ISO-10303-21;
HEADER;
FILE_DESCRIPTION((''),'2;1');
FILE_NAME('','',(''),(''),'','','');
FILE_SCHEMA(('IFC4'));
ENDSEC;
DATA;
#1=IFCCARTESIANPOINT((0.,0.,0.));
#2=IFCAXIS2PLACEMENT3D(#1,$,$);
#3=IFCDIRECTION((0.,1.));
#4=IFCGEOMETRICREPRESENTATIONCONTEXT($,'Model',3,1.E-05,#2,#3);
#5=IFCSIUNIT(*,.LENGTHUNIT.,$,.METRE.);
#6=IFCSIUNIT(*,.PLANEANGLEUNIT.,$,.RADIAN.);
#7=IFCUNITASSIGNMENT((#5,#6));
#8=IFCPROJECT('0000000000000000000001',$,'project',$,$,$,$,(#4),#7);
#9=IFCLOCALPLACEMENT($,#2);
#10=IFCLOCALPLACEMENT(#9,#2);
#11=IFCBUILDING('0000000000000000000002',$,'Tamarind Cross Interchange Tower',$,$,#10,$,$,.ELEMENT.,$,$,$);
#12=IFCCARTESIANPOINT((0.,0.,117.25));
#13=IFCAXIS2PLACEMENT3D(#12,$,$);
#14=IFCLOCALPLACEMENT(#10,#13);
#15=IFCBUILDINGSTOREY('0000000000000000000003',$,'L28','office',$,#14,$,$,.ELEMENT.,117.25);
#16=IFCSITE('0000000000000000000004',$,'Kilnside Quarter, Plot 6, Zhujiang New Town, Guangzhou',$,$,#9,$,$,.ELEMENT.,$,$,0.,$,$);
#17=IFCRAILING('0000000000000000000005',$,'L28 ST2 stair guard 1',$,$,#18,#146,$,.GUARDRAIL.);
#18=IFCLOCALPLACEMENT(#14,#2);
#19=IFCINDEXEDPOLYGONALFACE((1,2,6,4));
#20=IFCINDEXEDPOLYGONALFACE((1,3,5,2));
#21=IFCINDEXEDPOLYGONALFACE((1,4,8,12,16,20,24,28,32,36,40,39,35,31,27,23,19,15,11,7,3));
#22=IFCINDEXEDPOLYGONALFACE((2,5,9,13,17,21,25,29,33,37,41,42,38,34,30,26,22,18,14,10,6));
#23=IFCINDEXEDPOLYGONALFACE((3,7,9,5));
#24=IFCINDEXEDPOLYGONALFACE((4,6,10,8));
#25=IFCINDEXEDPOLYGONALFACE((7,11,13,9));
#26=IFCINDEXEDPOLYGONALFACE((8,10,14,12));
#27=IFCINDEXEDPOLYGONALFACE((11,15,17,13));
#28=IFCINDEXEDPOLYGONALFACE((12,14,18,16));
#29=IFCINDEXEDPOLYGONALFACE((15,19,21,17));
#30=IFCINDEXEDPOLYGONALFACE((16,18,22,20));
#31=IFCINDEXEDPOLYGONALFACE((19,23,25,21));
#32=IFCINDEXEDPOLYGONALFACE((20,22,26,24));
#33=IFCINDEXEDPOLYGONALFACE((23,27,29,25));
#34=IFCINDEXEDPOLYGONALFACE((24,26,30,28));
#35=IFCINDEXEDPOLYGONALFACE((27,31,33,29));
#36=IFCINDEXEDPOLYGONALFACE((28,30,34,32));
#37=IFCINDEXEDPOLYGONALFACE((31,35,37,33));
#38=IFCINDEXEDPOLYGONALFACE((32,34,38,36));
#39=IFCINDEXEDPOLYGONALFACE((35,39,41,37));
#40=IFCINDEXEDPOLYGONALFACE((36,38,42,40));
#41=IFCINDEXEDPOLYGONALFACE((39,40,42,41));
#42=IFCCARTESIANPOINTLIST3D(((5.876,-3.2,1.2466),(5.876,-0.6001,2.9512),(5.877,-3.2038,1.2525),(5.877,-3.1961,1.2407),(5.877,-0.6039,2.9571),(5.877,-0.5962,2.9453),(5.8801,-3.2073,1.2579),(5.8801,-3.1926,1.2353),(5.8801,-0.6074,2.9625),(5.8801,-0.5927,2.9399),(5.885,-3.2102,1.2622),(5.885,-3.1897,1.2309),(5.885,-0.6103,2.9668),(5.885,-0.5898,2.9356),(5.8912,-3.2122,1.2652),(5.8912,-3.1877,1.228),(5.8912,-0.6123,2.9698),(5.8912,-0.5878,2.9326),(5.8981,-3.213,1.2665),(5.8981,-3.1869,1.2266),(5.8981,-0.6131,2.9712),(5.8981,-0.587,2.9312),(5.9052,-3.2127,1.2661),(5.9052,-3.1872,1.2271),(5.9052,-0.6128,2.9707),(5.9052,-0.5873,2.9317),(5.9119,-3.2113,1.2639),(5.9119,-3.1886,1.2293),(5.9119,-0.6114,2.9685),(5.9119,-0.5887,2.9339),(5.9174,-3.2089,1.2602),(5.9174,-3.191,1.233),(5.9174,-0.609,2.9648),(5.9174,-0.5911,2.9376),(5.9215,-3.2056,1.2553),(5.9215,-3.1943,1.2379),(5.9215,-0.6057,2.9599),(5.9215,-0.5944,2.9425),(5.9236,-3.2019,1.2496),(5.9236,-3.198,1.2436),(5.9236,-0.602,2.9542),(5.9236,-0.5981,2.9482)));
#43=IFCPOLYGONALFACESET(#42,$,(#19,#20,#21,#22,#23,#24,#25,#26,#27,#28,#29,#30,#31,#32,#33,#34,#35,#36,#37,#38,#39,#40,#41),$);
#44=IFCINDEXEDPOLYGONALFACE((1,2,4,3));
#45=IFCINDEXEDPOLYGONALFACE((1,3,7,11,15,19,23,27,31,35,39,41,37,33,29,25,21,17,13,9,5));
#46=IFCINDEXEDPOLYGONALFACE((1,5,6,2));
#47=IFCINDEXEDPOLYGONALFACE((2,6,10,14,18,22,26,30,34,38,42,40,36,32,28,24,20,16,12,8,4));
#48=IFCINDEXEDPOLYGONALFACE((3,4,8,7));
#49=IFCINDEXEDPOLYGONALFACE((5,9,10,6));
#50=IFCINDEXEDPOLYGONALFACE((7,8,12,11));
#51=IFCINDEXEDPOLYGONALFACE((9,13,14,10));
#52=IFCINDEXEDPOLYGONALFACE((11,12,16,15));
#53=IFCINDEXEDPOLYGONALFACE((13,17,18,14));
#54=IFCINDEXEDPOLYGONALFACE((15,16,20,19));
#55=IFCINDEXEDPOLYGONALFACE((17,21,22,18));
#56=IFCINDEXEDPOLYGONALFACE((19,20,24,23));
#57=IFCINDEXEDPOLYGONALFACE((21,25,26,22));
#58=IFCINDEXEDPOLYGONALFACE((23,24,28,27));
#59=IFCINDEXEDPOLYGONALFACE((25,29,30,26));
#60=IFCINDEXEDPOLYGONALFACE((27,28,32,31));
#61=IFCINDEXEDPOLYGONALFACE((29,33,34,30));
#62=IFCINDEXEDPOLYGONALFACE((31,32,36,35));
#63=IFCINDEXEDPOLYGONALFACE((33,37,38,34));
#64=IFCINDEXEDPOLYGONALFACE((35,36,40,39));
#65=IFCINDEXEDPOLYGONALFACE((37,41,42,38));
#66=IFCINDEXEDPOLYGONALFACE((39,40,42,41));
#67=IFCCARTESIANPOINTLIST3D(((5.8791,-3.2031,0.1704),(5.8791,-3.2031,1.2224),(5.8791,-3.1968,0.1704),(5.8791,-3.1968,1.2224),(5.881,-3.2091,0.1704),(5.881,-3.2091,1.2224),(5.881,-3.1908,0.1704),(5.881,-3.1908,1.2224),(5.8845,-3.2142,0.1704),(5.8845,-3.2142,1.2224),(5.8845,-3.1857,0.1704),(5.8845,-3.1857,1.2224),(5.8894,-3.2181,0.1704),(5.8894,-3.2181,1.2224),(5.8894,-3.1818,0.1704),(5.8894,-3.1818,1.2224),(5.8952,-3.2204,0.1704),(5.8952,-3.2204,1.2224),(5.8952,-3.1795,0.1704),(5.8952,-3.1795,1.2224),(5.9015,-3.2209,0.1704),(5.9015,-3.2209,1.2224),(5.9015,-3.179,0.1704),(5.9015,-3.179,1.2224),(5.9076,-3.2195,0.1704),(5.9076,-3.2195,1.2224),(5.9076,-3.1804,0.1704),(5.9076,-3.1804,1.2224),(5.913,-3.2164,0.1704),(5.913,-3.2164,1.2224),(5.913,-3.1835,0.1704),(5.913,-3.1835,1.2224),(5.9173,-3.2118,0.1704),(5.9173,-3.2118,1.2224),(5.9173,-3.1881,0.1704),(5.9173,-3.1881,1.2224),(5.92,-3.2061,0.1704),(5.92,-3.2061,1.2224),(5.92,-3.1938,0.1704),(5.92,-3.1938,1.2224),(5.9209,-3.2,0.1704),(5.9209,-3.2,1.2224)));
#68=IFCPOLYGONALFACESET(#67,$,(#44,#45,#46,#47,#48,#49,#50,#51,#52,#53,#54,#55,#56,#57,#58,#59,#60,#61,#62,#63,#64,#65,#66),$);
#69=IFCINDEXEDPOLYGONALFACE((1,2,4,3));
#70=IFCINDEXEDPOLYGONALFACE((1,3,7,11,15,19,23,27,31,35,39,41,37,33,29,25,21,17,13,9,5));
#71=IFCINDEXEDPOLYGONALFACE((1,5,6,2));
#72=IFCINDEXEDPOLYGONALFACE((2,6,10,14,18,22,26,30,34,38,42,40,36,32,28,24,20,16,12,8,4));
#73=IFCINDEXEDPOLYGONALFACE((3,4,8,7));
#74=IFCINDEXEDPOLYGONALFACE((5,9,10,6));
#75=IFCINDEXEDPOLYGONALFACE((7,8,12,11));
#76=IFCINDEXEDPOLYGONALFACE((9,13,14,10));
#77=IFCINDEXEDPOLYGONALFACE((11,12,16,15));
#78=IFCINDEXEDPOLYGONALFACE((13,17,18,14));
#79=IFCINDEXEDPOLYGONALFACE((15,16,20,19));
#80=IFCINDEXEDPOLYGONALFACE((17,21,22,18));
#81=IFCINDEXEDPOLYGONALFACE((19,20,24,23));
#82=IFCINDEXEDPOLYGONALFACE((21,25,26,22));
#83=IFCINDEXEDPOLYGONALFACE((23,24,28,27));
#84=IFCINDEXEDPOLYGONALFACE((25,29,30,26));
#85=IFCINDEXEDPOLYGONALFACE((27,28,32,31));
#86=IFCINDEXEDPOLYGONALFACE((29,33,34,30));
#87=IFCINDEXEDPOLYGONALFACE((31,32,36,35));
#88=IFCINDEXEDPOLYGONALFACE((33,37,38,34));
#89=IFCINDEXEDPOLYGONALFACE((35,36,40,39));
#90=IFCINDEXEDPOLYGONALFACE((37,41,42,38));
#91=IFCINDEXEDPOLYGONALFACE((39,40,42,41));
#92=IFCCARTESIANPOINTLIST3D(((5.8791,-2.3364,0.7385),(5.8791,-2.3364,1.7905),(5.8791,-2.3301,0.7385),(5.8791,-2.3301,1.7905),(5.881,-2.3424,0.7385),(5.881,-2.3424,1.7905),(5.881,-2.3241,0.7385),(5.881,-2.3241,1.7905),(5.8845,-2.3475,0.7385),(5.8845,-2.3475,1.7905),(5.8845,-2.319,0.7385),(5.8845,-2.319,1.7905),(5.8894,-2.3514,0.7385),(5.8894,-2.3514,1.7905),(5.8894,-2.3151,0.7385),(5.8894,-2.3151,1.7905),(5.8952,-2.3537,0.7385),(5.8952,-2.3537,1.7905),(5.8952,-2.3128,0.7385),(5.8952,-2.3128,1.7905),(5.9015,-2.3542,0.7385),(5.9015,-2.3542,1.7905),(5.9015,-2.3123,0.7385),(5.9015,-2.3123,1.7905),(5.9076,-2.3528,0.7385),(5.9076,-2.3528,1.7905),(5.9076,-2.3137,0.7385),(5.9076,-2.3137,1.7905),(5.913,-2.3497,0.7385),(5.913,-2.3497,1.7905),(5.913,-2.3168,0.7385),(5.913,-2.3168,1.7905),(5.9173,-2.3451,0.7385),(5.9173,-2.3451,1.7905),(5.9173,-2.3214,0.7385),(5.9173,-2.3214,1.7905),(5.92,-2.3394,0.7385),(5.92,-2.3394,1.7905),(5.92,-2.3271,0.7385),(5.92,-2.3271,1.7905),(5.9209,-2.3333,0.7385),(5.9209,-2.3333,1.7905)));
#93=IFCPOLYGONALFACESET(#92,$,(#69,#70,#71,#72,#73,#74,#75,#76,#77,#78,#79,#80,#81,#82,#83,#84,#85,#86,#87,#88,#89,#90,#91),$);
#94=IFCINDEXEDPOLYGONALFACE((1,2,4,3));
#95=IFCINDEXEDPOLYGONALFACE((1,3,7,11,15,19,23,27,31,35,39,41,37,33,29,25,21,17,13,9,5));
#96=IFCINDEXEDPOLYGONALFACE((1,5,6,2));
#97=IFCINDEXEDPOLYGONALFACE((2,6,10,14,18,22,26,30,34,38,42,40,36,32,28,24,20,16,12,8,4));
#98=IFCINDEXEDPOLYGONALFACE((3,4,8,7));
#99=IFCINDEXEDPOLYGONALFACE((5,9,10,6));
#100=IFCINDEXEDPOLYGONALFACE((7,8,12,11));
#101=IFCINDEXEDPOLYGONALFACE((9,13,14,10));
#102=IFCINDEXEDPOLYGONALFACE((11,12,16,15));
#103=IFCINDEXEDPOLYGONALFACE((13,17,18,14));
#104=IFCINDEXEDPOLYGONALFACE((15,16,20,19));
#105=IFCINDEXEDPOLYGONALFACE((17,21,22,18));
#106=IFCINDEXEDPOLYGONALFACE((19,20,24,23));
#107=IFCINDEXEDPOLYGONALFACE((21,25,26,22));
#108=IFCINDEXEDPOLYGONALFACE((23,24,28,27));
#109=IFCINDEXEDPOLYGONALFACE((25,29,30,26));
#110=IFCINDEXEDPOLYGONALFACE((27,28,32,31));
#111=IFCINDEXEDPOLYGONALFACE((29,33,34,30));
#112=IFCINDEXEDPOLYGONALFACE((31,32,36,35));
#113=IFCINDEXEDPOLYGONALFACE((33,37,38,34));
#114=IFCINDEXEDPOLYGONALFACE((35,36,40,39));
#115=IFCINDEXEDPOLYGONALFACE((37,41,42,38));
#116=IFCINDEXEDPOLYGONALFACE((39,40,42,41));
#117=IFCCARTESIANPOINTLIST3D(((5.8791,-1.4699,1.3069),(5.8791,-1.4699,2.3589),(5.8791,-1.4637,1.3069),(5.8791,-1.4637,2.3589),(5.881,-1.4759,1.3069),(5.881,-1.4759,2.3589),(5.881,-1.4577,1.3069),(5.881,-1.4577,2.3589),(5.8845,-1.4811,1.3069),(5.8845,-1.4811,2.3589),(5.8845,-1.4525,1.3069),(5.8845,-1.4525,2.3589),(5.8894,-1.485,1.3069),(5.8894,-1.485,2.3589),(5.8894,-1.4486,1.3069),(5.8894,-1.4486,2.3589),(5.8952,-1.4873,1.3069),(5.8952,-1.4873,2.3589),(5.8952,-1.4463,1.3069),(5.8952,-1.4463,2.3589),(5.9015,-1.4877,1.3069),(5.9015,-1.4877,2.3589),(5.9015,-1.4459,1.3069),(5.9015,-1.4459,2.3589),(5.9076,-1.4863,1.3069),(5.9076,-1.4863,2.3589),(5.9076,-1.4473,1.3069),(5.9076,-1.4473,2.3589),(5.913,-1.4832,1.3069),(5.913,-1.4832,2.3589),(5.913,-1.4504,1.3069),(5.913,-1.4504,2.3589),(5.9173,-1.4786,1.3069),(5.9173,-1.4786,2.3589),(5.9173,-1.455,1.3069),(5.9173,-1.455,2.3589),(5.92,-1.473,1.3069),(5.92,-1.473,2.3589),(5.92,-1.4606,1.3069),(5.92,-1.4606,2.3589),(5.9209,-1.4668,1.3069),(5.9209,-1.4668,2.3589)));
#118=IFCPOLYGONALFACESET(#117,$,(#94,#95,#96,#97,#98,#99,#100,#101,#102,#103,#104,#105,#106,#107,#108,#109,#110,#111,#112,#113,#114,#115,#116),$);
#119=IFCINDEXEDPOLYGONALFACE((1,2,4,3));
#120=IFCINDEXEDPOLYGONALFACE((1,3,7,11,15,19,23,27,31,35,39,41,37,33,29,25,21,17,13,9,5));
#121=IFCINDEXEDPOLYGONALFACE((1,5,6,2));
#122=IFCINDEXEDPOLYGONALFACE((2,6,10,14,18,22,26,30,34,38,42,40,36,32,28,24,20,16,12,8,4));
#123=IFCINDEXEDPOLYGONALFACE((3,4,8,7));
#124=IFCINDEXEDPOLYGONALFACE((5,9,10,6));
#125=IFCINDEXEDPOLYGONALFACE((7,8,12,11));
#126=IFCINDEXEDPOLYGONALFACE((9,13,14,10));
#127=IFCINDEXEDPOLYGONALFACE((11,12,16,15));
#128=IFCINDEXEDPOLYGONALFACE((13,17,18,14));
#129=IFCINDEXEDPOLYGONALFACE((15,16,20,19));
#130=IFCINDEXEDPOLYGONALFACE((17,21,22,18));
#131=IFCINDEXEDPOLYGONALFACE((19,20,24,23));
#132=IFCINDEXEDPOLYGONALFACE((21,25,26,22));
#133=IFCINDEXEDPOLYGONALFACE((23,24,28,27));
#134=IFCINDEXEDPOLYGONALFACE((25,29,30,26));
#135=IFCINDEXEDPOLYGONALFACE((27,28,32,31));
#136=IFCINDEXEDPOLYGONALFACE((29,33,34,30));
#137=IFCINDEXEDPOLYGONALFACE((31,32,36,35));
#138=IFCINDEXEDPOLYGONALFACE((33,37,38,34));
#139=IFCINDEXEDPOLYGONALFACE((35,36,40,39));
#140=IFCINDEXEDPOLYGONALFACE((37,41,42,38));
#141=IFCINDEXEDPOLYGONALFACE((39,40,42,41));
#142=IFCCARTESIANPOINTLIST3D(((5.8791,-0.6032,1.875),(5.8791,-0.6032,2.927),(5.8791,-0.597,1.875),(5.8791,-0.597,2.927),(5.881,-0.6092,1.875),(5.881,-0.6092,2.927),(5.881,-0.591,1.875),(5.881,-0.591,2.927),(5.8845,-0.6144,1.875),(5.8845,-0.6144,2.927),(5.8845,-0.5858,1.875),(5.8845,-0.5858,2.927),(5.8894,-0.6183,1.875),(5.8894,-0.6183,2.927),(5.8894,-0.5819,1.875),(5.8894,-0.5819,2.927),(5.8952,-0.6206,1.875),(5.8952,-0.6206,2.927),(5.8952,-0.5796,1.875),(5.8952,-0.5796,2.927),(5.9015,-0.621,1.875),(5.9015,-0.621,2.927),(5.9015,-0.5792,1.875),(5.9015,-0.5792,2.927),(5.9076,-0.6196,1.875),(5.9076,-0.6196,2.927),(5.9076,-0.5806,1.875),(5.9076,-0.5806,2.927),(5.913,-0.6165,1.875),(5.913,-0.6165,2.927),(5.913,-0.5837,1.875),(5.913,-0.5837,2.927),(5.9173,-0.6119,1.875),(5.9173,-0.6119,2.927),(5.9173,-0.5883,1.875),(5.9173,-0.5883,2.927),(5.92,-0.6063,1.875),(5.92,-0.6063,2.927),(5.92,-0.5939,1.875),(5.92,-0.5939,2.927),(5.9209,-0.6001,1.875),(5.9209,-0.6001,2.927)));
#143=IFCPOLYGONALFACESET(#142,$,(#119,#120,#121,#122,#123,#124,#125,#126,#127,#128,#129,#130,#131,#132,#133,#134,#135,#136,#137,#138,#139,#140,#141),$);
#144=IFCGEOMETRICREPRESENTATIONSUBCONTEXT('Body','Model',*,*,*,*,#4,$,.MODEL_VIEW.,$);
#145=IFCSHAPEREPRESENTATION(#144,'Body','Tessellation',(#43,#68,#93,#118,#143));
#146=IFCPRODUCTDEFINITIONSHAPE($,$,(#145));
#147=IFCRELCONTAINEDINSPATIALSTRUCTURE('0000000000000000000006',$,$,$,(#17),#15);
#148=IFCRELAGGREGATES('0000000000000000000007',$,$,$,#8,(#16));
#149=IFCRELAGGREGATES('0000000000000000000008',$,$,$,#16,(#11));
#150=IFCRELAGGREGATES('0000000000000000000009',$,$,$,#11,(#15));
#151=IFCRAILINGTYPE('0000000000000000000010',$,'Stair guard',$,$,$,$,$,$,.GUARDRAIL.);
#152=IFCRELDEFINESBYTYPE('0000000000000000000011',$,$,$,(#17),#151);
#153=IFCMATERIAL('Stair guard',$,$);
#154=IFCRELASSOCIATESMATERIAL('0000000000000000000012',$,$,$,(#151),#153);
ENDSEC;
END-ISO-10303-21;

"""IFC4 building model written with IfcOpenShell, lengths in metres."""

from ifc_helpers import new_model, si_unit, direction, frame, origin, origin_2d, place, context, subcontext, project, spatial, circle, extrude, material, type_object, element, save


model = new_model("IFC4")

# Units and contexts
model_context = context("Model", 3, precision=1e-05, world=origin(), true_north=direction((0.0, 1.0)))
body_context = subcontext(model_context, "Body", "Model", "MODEL_VIEW")
ifc_project = project(units=[si_unit("LENGTHUNIT", "METRE"), si_unit("PLANEANGLEUNIT", "RADIAN")], contexts=[model_context])

# Site, building, storey
site_placement = place(None, origin())
site = spatial("IfcSite", under=ifc_project, at=site_placement, Name="Kilnside Quarter, Plot 6, Zhujiang New Town, Guangzhou", CompositionType="ELEMENT", RefElevation=0.0)
building_placement = place(site_placement, origin())
building = spatial("IfcBuilding", under=site, at=building_placement, Name="Tamarind Cross Interchange Tower", CompositionType="ELEMENT")
storey_placement = place(building_placement, frame((0.0, 0.0, 117.25)))
storey = spatial("IfcBuildingStorey", under=building, at=storey_placement, Name="L28", Description="office", CompositionType="ELEMENT", Elevation=117.25)

# Railing
ifc_material_1 = material(Name="Stair guard")
railing_type_1 = type_object("IfcRailingType", Name="Stair guard", PredefinedType="GUARDRAIL", material=ifc_material_1)
railing_1_placement = place(storey_placement, frame((5.8999, -3.2, 0.1704)))
element("IfcRailing", 1, at=railing_1_placement, inside=storey, type_object=railing_type_1, Name="L28 ST2 stair guard 1", PredefinedType="GUARDRAIL", context=body_context, shape_type="SweptSolid", body=[
    extrude(circle(Radius=0.0239, at=origin_2d()), frame((0.0, 0.0, 1.0762), z_axis=(0.0, 0.836279, 0.548305), x_axis=(-1.0, 0.0, 0.0)), (0.0, 0.0, 1.0), 3.1089),
    extrude(circle(Radius=0.021, at=origin_2d()), origin(), (0.0, 0.0, 1.0), 1.052),
    extrude(circle(Radius=0.021, at=origin_2d()), frame((0.0, 0.8667, 0.5681)), (0.0, 0.0, 1.0), 1.052),
    extrude(circle(Radius=0.021, at=origin_2d()), frame((0.0, 1.7332, 1.1365)), (0.0, 0.0, 1.0), 1.052),
    extrude(circle(Radius=0.021, at=origin_2d()), frame((0.0, 2.5999, 1.7046)), (0.0, 0.0, 1.0), 1.052),
])

save(model, "model.ifc")
